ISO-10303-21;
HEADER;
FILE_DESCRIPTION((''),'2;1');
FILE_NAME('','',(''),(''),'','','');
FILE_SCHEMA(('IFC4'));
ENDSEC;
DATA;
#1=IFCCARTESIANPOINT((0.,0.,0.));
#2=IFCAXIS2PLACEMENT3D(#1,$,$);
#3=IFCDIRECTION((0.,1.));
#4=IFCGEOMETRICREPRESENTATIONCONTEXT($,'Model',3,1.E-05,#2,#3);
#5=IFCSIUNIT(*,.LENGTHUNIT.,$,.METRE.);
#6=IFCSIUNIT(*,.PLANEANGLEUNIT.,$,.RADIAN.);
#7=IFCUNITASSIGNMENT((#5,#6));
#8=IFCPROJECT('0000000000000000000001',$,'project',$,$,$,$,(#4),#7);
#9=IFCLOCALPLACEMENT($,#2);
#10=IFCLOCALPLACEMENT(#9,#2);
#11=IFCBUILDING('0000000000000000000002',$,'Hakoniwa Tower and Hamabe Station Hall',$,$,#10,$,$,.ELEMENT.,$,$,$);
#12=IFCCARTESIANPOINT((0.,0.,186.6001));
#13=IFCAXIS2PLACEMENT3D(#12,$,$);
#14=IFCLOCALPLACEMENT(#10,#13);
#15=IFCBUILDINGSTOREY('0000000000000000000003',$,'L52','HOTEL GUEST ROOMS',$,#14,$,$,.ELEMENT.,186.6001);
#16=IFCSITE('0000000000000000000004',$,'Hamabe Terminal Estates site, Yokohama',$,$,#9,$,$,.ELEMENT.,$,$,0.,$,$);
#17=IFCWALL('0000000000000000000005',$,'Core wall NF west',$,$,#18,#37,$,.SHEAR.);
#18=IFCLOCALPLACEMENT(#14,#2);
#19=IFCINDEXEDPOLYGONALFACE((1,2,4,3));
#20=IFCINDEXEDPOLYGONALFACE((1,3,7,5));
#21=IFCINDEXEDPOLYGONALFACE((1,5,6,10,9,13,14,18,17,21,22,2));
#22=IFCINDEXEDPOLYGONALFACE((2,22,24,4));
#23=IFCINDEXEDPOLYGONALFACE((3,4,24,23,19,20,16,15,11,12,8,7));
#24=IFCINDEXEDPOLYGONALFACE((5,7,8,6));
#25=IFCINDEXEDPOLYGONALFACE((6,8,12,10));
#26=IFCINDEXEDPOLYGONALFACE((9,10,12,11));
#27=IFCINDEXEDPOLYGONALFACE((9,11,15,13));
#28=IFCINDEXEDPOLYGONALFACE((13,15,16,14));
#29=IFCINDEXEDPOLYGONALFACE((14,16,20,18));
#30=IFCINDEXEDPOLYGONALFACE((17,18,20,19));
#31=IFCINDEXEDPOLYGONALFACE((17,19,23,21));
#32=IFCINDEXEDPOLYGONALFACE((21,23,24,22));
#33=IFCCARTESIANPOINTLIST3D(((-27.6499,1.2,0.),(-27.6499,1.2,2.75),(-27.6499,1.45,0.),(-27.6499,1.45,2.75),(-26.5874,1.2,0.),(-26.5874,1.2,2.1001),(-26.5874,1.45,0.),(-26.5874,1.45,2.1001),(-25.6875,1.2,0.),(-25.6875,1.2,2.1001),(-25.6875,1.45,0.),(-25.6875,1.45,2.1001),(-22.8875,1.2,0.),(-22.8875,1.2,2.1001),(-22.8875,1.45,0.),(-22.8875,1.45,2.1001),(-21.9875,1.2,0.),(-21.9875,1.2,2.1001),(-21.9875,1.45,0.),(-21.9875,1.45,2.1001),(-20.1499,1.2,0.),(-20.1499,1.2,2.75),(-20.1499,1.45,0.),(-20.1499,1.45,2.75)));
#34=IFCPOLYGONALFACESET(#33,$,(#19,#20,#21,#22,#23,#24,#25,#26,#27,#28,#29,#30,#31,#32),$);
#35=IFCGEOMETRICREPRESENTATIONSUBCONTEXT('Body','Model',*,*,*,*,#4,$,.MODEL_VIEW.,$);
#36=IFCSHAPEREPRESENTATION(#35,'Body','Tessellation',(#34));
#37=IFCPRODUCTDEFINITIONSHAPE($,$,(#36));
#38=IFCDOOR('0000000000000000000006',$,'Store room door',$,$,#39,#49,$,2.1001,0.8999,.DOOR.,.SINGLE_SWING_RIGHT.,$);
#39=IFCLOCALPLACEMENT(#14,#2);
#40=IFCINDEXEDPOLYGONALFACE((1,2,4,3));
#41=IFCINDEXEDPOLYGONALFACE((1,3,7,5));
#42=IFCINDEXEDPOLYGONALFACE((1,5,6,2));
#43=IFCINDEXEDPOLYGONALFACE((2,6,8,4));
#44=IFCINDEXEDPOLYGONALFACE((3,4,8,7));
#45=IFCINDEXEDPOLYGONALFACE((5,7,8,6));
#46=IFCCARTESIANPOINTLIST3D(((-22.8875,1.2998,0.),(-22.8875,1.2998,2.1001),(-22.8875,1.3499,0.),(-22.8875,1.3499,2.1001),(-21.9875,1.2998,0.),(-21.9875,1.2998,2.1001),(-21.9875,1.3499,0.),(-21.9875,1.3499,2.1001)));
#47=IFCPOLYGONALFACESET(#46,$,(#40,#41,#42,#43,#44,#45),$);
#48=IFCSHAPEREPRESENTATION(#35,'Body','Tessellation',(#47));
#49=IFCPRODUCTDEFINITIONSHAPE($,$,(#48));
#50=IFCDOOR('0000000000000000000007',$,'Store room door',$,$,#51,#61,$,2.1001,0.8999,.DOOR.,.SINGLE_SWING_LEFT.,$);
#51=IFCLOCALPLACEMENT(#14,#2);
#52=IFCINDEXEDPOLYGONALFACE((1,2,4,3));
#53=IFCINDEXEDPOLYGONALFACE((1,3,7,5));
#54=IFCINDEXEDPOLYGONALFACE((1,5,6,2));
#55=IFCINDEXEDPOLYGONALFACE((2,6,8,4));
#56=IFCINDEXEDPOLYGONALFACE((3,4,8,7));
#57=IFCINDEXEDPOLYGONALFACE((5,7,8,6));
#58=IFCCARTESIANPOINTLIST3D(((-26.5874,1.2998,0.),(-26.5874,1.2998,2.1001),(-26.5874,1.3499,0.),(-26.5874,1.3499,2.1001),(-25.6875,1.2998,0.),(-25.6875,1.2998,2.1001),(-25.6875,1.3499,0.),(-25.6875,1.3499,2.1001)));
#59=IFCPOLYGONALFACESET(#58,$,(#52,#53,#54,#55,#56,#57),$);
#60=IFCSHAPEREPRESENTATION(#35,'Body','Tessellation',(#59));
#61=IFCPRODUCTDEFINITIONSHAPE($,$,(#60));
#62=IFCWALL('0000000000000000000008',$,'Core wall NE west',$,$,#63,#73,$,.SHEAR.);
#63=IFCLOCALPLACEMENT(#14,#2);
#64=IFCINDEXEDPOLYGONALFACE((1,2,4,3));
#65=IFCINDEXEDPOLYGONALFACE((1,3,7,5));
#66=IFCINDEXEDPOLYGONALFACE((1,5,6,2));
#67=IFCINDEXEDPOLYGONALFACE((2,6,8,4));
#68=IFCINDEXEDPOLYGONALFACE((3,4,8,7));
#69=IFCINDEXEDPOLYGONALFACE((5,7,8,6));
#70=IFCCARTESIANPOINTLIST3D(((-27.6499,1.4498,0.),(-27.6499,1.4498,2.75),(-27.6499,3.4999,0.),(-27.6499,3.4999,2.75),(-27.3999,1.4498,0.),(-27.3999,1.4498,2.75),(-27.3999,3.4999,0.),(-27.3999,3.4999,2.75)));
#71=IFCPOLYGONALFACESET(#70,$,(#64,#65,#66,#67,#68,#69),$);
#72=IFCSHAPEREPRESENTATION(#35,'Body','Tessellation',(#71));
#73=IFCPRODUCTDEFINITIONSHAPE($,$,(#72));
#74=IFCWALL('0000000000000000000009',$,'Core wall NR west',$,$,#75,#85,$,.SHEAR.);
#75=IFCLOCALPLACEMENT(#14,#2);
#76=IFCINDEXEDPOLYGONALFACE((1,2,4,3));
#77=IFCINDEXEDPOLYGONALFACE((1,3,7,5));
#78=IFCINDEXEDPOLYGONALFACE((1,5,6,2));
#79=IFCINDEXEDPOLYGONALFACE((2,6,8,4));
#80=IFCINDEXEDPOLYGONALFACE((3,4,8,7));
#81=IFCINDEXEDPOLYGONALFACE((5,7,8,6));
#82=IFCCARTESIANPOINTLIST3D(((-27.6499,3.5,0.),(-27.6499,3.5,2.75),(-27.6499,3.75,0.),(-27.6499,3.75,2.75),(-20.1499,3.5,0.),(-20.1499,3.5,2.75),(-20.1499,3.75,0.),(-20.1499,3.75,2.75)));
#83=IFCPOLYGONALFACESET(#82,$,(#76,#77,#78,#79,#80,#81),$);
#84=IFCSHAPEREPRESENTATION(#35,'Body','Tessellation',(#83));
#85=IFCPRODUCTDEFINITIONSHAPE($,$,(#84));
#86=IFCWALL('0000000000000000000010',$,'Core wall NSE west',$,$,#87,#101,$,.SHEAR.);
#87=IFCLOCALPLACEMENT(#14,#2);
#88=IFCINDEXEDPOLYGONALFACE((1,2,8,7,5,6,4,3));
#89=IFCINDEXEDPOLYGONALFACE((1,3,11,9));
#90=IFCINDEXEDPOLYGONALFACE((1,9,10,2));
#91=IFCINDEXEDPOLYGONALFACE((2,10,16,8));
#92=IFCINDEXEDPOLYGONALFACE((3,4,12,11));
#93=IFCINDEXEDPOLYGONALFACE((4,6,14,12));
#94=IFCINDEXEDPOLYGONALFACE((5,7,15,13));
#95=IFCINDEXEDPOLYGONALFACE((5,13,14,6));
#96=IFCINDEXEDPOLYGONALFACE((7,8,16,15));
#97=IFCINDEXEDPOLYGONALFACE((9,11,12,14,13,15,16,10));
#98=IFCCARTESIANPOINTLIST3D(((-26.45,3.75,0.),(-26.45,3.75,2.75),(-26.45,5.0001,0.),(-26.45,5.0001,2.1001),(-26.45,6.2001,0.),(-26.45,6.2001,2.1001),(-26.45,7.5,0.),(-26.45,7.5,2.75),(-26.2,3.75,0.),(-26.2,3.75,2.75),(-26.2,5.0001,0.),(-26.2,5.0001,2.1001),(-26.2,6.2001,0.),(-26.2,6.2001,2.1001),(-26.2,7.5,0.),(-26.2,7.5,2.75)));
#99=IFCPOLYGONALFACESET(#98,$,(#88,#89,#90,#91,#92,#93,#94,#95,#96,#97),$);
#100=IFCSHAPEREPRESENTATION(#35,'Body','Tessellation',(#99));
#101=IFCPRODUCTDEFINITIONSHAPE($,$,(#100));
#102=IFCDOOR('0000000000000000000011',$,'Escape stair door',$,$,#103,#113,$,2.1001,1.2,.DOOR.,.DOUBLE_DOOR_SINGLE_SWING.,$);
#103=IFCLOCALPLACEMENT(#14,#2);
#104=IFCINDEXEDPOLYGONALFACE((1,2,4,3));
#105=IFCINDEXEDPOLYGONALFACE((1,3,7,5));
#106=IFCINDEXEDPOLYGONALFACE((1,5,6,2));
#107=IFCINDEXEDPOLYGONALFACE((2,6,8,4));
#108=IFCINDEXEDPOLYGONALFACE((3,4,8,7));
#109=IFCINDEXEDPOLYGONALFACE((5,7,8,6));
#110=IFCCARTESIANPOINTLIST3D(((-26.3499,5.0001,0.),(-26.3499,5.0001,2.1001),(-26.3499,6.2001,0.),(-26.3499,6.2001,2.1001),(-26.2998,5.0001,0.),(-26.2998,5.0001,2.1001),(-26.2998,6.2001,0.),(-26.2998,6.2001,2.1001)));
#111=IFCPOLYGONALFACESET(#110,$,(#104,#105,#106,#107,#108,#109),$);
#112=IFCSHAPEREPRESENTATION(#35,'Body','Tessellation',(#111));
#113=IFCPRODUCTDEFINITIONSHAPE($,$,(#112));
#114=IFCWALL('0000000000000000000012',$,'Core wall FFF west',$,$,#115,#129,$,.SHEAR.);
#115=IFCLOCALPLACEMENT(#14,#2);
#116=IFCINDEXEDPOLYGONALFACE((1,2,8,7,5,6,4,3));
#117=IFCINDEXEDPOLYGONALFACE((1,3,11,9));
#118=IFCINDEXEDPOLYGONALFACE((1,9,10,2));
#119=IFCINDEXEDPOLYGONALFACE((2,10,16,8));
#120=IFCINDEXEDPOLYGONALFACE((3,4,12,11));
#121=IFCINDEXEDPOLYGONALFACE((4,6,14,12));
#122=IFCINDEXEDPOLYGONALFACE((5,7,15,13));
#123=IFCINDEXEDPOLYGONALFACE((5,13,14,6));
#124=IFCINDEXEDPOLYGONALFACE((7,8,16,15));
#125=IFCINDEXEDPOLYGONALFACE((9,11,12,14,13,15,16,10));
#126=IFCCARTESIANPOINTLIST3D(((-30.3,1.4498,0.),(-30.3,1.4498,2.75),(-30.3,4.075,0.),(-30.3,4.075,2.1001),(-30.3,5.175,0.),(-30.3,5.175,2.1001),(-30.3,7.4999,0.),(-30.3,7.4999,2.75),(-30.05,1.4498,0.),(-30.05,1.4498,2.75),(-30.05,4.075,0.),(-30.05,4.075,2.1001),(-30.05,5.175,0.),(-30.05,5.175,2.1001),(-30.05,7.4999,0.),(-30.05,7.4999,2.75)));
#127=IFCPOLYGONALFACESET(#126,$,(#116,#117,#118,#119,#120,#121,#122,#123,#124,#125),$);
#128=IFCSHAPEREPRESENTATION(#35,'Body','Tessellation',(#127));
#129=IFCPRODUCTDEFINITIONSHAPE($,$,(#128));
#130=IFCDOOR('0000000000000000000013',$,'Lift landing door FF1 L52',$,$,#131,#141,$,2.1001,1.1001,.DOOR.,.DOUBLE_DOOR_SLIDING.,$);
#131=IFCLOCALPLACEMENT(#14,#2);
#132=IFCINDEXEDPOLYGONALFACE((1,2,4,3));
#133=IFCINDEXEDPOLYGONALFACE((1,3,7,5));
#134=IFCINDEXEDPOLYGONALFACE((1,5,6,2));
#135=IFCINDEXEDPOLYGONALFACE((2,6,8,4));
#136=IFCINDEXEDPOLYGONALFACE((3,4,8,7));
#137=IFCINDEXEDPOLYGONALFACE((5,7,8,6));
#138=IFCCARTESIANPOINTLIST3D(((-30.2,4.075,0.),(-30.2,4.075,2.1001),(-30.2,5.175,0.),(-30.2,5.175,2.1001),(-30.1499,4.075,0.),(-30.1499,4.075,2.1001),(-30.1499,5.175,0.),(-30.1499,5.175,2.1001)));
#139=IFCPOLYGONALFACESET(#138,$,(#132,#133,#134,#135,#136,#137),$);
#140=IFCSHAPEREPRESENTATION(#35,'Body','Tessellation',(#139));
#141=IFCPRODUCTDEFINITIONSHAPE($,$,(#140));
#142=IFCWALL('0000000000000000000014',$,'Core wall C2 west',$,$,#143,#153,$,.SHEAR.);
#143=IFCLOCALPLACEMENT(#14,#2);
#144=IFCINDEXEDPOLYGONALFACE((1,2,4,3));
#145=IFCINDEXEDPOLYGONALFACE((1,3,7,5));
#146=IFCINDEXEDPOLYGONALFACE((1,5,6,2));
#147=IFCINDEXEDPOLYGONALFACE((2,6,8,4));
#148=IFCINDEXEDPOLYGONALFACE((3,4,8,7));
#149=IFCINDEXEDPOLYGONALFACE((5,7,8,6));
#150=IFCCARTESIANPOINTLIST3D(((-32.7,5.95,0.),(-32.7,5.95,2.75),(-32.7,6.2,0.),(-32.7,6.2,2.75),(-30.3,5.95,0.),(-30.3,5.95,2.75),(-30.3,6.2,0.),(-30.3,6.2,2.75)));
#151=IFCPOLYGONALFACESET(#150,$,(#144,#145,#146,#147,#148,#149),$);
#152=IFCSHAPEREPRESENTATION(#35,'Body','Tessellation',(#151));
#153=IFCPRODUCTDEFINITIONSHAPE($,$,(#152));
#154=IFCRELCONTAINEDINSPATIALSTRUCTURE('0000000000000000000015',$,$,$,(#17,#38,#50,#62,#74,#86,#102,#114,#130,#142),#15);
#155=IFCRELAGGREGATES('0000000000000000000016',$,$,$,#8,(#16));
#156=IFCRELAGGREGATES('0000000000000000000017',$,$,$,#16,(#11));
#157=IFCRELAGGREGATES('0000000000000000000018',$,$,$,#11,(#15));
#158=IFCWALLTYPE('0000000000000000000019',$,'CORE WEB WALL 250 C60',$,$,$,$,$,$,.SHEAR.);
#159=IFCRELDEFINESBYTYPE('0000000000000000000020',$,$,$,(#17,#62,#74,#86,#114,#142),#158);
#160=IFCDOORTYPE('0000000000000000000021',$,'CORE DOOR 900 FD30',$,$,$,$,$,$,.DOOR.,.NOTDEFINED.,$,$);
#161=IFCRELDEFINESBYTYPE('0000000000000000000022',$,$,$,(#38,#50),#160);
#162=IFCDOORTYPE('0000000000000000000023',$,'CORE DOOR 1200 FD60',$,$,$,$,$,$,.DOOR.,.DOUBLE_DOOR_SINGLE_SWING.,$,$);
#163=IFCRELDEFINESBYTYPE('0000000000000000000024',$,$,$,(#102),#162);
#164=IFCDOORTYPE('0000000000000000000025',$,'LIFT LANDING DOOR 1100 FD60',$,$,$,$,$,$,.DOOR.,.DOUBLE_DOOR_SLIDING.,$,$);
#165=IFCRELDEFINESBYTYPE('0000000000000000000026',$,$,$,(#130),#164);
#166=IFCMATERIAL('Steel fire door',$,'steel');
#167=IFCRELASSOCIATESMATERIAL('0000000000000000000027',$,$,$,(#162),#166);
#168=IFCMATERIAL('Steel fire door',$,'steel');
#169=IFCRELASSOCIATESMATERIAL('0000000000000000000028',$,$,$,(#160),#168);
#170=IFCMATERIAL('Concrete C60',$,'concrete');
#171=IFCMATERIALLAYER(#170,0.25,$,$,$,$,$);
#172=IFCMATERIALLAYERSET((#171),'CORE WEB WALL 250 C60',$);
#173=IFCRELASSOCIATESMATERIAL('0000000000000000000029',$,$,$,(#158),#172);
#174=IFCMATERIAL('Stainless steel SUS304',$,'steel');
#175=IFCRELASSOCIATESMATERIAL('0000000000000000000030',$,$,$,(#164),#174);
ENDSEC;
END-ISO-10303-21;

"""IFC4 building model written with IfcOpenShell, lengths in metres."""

from ifc_helpers import new_model, si_unit, direction, frame, frame_2d, origin, place, context, subcontext, project, spatial, rectangle, extrude, material, layer, layer_set, type_object, element, fill, save


model = new_model("IFC4")

# Units and contexts
model_context = context("Model", 3, precision=1e-05, world=origin(), true_north=direction((0.0, 1.0)))
body_context = subcontext(model_context, "Body", "Model", "MODEL_VIEW")
ifc_project = project(units=[si_unit("LENGTHUNIT", "METRE"), si_unit("PLANEANGLEUNIT", "RADIAN")], contexts=[model_context])

# Site, building, storey
site_placement = place(None, origin())
site = spatial("IfcSite", under=ifc_project, at=site_placement, Name="Hamabe Terminal Estates site, Yokohama", CompositionType="ELEMENT", RefElevation=0.0)
building_placement = place(site_placement, origin())
building = spatial("IfcBuilding", under=site, at=building_placement, Name="Hakoniwa Tower and Hamabe Station Hall", CompositionType="ELEMENT")
storey_placement = place(building_placement, frame((0.0, 0.0, 186.6001)))
storey = spatial("IfcBuildingStorey", under=building, at=storey_placement, Name="L52", Description="HOTEL GUEST ROOMS", CompositionType="ELEMENT", Elevation=186.6001)

# Shared definitions
ifc_material_1 = material(Name="Steel fire door", Category="steel")
door_type_1 = type_object("IfcDoorType", Name="CORE DOOR 1200 FD60", OperationType="DOUBLE_DOOR_SINGLE_SWING", PredefinedType="DOOR", material=ifc_material_1)
ifc_material_2 = material(Name="Steel fire door", Category="steel")
door_type_2 = type_object("IfcDoorType", Name="CORE DOOR 900 FD30", OperationType="NOTDEFINED", PredefinedType="DOOR", material=ifc_material_2)

# Wall, openings, doors
ifc_material_3 = material(Name="Concrete C60", Category="concrete")
ifc_layer_1 = layer(ifc_material_3, 0.25)
ifc_layer_set_1 = layer_set([ifc_layer_1], Name="CORE WEB WALL 250 C60")
wall_type_1 = type_object("IfcWallType", Name="CORE WEB WALL 250 C60", PredefinedType="SHEAR", material=ifc_layer_set_1)
wall_1_placement = place(storey_placement, frame((-27.6499, 1.325, 0.0), z_axis=(0.0, 0.0, 1.0), x_axis=(1.0, 0.0, 0.0)))
wall_1 = element("IfcWall", 1, at=wall_1_placement, inside=storey, type_object=wall_type_1, Name="Core wall NF west", PredefinedType="SHEAR", context=body_context, shape_type="SweptSolid", body=[
    extrude(rectangle(XDim=7.5, YDim=0.25, at=frame_2d((3.75, 0.0))), origin(), (0.0, 0.0, 1.0), 2.75),
])
opening_1_placement = place(wall_1_placement, frame((4.7625, 0.0, 0.0)))
opening_1 = element("IfcOpeningElement", 2, at=opening_1_placement, cuts=wall_1, PredefinedType="OPENING", context=body_context, shape_type="SweptSolid", body=[
    extrude(rectangle(XDim=0.8999, YDim=2.1001, at=frame_2d((0.45, 1.05))), frame((0.0, 0.135, 0.0), z_axis=(0.0, -1.0, 0.0), x_axis=(1.0, 0.0, 0.0)), (0.0, 0.0, 1.0), 0.27),
])
opening_2_placement = place(wall_1_placement, frame((1.0625, 0.0, 0.0)))
opening_2 = element("IfcOpeningElement", 3, at=opening_2_placement, cuts=wall_1, PredefinedType="OPENING", context=body_context, shape_type="SweptSolid", body=[
    extrude(rectangle(XDim=0.8999, YDim=2.1001, at=frame_2d((0.45, 1.05))), frame((0.0, 0.135, 0.0), z_axis=(0.0, -1.0, 0.0), x_axis=(1.0, 0.0, 0.0)), (0.0, 0.0, 1.0), 0.27),
])
door_1_placement = place(opening_1_placement, origin())
door_1 = element("IfcDoor", 4, at=door_1_placement, inside=storey, type_object=door_type_2, Name="Store room door", OperationType="SINGLE_SWING_RIGHT", OverallHeight=2.1001, OverallWidth=0.8999, PredefinedType="DOOR", context=body_context, shape_type="SweptSolid", body=[
    extrude(rectangle(XDim=0.8999, YDim=2.1001, at=frame_2d((0.45, 1.05))), frame((0.0, 0.0249, 0.0), z_axis=(0.0, -1.0, 0.0), x_axis=(1.0, 0.0, 0.0)), (0.0, 0.0, 1.0), 0.05),
])
fill(opening_1, door_1)
door_2_placement = place(opening_2_placement, origin())
door_2 = element("IfcDoor", 5, at=door_2_placement, inside=storey, type_object=door_type_2, Name="Store room door", OperationType="SINGLE_SWING_LEFT", OverallHeight=2.1001, OverallWidth=0.8999, PredefinedType="DOOR", context=body_context, shape_type="SweptSolid", body=[
    extrude(rectangle(XDim=0.8999, YDim=2.1001, at=frame_2d((0.45, 1.05))), frame((0.0, 0.0249, 0.0), z_axis=(0.0, -1.0, 0.0), x_axis=(1.0, 0.0, 0.0)), (0.0, 0.0, 1.0), 0.05),
])
fill(opening_2, door_2)

# Walls
wall_2_placement = place(storey_placement, frame((-27.5249, 1.45, 0.0), z_axis=(0.0, 0.0, 1.0), x_axis=(0.0, 1.0, 0.0)))
element("IfcWall", 6, at=wall_2_placement, inside=storey, type_object=wall_type_1, Name="Core wall NE west", PredefinedType="SHEAR", context=body_context, shape_type="SweptSolid", body=[
    extrude(rectangle(XDim=2.05, YDim=0.25, at=frame_2d((1.0249, 0.0))), origin(), (0.0, 0.0, 1.0), 2.75),
])
wall_3_placement = place(storey_placement, frame((-27.6499, 3.625, 0.0), z_axis=(0.0, 0.0, 1.0), x_axis=(1.0, 0.0, 0.0)))
element("IfcWall", 7, at=wall_3_placement, inside=storey, type_object=wall_type_1, Name="Core wall NR west", PredefinedType="SHEAR", context=body_context, shape_type="SweptSolid", body=[
    extrude(rectangle(XDim=7.5, YDim=0.25, at=frame_2d((3.75, 0.0))), origin(), (0.0, 0.0, 1.0), 2.75),
])

# Walls, openings, doors
wall_4_placement = place(storey_placement, frame((-26.325, 3.75, 0.0), z_axis=(0.0, 0.0, 1.0), x_axis=(0.0, 1.0, 0.0)))
wall_4 = element("IfcWall", 8, at=wall_4_placement, inside=storey, type_object=wall_type_1, Name="Core wall NSE west", PredefinedType="SHEAR", context=body_context, shape_type="SweptSolid", body=[
    extrude(rectangle(XDim=3.75, YDim=0.25, at=frame_2d((1.875, 0.0))), origin(), (0.0, 0.0, 1.0), 2.75),
])
opening_3_placement = place(wall_4_placement, frame((1.25, 0.0, 0.0)))
opening_3 = element("IfcOpeningElement", 9, at=opening_3_placement, cuts=wall_4, PredefinedType="OPENING", context=body_context, shape_type="SweptSolid", body=[
    extrude(rectangle(XDim=1.2, YDim=2.1001, at=frame_2d((0.6001, 1.05))), frame((0.0, 0.135, 0.0), z_axis=(0.0, -1.0, 0.0), x_axis=(1.0, 0.0, 0.0)), (0.0, 0.0, 1.0), 0.27),
])
door_3_placement = place(opening_3_placement, origin())
door_3 = element("IfcDoor", 10, at=door_3_placement, inside=storey, type_object=door_type_1, Name="Escape stair door", OperationType="DOUBLE_DOOR_SINGLE_SWING", OverallHeight=2.1001, OverallWidth=1.2, PredefinedType="DOOR", context=body_context, shape_type="SweptSolid", body=[
    extrude(rectangle(XDim=1.2, YDim=2.1001, at=frame_2d((0.6001, 1.05))), frame((0.0, 0.0249, 0.0), z_axis=(0.0, -1.0, 0.0), x_axis=(1.0, 0.0, 0.0)), (0.0, 0.0, 1.0), 0.05),
])
fill(opening_3, door_3)
wall_5_placement = place(storey_placement, frame((-30.175, 1.45, 0.0), z_axis=(0.0, 0.0, 1.0), x_axis=(0.0, 1.0, 0.0)))
wall_5 = element("IfcWall", 11, at=wall_5_placement, inside=storey, type_object=wall_type_1, Name="Core wall FFF west", PredefinedType="SHEAR", context=body_context, shape_type="SweptSolid", body=[
    extrude(rectangle(XDim=6.05, YDim=0.25, at=frame_2d((3.0249, 0.0))), origin(), (0.0, 0.0, 1.0), 2.75),
])
opening_4_placement = place(wall_5_placement, frame((2.625, 0.0, 0.0)))
opening_4 = element("IfcOpeningElement", 12, at=opening_4_placement, cuts=wall_5, PredefinedType="OPENING", context=body_context, shape_type="SweptSolid", body=[
    extrude(rectangle(XDim=1.1001, YDim=2.1001, at=frame_2d((0.55, 1.05))), frame((0.0, 0.135, 0.0), z_axis=(0.0, -1.0, 0.0), x_axis=(1.0, 0.0, 0.0)), (0.0, 0.0, 1.0), 0.27),
])
ifc_material_4 = material(Name="Stainless steel SUS304", Category="steel")
door_type_3 = type_object("IfcDoorType", Name="LIFT LANDING DOOR 1100 FD60", OperationType="DOUBLE_DOOR_SLIDING", PredefinedType="DOOR", material=ifc_material_4)
door_4_placement = place(opening_4_placement, origin())
door_4 = element("IfcDoor", 13, at=door_4_placement, inside=storey, type_object=door_type_3, Name="Lift landing door FF1 L52", OperationType="DOUBLE_DOOR_SLIDING", OverallHeight=2.1001, OverallWidth=1.1001, PredefinedType="DOOR", context=body_context, shape_type="SweptSolid", body=[
    extrude(rectangle(XDim=1.1001, YDim=2.1001, at=frame_2d((0.55, 1.05))), frame((0.0, 0.0249, 0.0), z_axis=(0.0, -1.0, 0.0), x_axis=(1.0, 0.0, 0.0)), (0.0, 0.0, 1.0), 0.05),
])
fill(opening_4, door_4)

# Wall
wall_6_placement = place(storey_placement, frame((-32.7, 6.075, 0.0), z_axis=(0.0, 0.0, 1.0), x_axis=(1.0, 0.0, 0.0)))
element("IfcWall", 14, at=wall_6_placement, inside=storey, type_object=wall_type_1, Name="Core wall C2 west", PredefinedType="SHEAR", context=body_context, shape_type="SweptSolid", body=[
    extrude(rectangle(XDim=2.3999, YDim=0.25, at=frame_2d((1.2, 0.0))), origin(), (0.0, 0.0, 1.0), 2.75),
])

save(model, "model.ifc")
